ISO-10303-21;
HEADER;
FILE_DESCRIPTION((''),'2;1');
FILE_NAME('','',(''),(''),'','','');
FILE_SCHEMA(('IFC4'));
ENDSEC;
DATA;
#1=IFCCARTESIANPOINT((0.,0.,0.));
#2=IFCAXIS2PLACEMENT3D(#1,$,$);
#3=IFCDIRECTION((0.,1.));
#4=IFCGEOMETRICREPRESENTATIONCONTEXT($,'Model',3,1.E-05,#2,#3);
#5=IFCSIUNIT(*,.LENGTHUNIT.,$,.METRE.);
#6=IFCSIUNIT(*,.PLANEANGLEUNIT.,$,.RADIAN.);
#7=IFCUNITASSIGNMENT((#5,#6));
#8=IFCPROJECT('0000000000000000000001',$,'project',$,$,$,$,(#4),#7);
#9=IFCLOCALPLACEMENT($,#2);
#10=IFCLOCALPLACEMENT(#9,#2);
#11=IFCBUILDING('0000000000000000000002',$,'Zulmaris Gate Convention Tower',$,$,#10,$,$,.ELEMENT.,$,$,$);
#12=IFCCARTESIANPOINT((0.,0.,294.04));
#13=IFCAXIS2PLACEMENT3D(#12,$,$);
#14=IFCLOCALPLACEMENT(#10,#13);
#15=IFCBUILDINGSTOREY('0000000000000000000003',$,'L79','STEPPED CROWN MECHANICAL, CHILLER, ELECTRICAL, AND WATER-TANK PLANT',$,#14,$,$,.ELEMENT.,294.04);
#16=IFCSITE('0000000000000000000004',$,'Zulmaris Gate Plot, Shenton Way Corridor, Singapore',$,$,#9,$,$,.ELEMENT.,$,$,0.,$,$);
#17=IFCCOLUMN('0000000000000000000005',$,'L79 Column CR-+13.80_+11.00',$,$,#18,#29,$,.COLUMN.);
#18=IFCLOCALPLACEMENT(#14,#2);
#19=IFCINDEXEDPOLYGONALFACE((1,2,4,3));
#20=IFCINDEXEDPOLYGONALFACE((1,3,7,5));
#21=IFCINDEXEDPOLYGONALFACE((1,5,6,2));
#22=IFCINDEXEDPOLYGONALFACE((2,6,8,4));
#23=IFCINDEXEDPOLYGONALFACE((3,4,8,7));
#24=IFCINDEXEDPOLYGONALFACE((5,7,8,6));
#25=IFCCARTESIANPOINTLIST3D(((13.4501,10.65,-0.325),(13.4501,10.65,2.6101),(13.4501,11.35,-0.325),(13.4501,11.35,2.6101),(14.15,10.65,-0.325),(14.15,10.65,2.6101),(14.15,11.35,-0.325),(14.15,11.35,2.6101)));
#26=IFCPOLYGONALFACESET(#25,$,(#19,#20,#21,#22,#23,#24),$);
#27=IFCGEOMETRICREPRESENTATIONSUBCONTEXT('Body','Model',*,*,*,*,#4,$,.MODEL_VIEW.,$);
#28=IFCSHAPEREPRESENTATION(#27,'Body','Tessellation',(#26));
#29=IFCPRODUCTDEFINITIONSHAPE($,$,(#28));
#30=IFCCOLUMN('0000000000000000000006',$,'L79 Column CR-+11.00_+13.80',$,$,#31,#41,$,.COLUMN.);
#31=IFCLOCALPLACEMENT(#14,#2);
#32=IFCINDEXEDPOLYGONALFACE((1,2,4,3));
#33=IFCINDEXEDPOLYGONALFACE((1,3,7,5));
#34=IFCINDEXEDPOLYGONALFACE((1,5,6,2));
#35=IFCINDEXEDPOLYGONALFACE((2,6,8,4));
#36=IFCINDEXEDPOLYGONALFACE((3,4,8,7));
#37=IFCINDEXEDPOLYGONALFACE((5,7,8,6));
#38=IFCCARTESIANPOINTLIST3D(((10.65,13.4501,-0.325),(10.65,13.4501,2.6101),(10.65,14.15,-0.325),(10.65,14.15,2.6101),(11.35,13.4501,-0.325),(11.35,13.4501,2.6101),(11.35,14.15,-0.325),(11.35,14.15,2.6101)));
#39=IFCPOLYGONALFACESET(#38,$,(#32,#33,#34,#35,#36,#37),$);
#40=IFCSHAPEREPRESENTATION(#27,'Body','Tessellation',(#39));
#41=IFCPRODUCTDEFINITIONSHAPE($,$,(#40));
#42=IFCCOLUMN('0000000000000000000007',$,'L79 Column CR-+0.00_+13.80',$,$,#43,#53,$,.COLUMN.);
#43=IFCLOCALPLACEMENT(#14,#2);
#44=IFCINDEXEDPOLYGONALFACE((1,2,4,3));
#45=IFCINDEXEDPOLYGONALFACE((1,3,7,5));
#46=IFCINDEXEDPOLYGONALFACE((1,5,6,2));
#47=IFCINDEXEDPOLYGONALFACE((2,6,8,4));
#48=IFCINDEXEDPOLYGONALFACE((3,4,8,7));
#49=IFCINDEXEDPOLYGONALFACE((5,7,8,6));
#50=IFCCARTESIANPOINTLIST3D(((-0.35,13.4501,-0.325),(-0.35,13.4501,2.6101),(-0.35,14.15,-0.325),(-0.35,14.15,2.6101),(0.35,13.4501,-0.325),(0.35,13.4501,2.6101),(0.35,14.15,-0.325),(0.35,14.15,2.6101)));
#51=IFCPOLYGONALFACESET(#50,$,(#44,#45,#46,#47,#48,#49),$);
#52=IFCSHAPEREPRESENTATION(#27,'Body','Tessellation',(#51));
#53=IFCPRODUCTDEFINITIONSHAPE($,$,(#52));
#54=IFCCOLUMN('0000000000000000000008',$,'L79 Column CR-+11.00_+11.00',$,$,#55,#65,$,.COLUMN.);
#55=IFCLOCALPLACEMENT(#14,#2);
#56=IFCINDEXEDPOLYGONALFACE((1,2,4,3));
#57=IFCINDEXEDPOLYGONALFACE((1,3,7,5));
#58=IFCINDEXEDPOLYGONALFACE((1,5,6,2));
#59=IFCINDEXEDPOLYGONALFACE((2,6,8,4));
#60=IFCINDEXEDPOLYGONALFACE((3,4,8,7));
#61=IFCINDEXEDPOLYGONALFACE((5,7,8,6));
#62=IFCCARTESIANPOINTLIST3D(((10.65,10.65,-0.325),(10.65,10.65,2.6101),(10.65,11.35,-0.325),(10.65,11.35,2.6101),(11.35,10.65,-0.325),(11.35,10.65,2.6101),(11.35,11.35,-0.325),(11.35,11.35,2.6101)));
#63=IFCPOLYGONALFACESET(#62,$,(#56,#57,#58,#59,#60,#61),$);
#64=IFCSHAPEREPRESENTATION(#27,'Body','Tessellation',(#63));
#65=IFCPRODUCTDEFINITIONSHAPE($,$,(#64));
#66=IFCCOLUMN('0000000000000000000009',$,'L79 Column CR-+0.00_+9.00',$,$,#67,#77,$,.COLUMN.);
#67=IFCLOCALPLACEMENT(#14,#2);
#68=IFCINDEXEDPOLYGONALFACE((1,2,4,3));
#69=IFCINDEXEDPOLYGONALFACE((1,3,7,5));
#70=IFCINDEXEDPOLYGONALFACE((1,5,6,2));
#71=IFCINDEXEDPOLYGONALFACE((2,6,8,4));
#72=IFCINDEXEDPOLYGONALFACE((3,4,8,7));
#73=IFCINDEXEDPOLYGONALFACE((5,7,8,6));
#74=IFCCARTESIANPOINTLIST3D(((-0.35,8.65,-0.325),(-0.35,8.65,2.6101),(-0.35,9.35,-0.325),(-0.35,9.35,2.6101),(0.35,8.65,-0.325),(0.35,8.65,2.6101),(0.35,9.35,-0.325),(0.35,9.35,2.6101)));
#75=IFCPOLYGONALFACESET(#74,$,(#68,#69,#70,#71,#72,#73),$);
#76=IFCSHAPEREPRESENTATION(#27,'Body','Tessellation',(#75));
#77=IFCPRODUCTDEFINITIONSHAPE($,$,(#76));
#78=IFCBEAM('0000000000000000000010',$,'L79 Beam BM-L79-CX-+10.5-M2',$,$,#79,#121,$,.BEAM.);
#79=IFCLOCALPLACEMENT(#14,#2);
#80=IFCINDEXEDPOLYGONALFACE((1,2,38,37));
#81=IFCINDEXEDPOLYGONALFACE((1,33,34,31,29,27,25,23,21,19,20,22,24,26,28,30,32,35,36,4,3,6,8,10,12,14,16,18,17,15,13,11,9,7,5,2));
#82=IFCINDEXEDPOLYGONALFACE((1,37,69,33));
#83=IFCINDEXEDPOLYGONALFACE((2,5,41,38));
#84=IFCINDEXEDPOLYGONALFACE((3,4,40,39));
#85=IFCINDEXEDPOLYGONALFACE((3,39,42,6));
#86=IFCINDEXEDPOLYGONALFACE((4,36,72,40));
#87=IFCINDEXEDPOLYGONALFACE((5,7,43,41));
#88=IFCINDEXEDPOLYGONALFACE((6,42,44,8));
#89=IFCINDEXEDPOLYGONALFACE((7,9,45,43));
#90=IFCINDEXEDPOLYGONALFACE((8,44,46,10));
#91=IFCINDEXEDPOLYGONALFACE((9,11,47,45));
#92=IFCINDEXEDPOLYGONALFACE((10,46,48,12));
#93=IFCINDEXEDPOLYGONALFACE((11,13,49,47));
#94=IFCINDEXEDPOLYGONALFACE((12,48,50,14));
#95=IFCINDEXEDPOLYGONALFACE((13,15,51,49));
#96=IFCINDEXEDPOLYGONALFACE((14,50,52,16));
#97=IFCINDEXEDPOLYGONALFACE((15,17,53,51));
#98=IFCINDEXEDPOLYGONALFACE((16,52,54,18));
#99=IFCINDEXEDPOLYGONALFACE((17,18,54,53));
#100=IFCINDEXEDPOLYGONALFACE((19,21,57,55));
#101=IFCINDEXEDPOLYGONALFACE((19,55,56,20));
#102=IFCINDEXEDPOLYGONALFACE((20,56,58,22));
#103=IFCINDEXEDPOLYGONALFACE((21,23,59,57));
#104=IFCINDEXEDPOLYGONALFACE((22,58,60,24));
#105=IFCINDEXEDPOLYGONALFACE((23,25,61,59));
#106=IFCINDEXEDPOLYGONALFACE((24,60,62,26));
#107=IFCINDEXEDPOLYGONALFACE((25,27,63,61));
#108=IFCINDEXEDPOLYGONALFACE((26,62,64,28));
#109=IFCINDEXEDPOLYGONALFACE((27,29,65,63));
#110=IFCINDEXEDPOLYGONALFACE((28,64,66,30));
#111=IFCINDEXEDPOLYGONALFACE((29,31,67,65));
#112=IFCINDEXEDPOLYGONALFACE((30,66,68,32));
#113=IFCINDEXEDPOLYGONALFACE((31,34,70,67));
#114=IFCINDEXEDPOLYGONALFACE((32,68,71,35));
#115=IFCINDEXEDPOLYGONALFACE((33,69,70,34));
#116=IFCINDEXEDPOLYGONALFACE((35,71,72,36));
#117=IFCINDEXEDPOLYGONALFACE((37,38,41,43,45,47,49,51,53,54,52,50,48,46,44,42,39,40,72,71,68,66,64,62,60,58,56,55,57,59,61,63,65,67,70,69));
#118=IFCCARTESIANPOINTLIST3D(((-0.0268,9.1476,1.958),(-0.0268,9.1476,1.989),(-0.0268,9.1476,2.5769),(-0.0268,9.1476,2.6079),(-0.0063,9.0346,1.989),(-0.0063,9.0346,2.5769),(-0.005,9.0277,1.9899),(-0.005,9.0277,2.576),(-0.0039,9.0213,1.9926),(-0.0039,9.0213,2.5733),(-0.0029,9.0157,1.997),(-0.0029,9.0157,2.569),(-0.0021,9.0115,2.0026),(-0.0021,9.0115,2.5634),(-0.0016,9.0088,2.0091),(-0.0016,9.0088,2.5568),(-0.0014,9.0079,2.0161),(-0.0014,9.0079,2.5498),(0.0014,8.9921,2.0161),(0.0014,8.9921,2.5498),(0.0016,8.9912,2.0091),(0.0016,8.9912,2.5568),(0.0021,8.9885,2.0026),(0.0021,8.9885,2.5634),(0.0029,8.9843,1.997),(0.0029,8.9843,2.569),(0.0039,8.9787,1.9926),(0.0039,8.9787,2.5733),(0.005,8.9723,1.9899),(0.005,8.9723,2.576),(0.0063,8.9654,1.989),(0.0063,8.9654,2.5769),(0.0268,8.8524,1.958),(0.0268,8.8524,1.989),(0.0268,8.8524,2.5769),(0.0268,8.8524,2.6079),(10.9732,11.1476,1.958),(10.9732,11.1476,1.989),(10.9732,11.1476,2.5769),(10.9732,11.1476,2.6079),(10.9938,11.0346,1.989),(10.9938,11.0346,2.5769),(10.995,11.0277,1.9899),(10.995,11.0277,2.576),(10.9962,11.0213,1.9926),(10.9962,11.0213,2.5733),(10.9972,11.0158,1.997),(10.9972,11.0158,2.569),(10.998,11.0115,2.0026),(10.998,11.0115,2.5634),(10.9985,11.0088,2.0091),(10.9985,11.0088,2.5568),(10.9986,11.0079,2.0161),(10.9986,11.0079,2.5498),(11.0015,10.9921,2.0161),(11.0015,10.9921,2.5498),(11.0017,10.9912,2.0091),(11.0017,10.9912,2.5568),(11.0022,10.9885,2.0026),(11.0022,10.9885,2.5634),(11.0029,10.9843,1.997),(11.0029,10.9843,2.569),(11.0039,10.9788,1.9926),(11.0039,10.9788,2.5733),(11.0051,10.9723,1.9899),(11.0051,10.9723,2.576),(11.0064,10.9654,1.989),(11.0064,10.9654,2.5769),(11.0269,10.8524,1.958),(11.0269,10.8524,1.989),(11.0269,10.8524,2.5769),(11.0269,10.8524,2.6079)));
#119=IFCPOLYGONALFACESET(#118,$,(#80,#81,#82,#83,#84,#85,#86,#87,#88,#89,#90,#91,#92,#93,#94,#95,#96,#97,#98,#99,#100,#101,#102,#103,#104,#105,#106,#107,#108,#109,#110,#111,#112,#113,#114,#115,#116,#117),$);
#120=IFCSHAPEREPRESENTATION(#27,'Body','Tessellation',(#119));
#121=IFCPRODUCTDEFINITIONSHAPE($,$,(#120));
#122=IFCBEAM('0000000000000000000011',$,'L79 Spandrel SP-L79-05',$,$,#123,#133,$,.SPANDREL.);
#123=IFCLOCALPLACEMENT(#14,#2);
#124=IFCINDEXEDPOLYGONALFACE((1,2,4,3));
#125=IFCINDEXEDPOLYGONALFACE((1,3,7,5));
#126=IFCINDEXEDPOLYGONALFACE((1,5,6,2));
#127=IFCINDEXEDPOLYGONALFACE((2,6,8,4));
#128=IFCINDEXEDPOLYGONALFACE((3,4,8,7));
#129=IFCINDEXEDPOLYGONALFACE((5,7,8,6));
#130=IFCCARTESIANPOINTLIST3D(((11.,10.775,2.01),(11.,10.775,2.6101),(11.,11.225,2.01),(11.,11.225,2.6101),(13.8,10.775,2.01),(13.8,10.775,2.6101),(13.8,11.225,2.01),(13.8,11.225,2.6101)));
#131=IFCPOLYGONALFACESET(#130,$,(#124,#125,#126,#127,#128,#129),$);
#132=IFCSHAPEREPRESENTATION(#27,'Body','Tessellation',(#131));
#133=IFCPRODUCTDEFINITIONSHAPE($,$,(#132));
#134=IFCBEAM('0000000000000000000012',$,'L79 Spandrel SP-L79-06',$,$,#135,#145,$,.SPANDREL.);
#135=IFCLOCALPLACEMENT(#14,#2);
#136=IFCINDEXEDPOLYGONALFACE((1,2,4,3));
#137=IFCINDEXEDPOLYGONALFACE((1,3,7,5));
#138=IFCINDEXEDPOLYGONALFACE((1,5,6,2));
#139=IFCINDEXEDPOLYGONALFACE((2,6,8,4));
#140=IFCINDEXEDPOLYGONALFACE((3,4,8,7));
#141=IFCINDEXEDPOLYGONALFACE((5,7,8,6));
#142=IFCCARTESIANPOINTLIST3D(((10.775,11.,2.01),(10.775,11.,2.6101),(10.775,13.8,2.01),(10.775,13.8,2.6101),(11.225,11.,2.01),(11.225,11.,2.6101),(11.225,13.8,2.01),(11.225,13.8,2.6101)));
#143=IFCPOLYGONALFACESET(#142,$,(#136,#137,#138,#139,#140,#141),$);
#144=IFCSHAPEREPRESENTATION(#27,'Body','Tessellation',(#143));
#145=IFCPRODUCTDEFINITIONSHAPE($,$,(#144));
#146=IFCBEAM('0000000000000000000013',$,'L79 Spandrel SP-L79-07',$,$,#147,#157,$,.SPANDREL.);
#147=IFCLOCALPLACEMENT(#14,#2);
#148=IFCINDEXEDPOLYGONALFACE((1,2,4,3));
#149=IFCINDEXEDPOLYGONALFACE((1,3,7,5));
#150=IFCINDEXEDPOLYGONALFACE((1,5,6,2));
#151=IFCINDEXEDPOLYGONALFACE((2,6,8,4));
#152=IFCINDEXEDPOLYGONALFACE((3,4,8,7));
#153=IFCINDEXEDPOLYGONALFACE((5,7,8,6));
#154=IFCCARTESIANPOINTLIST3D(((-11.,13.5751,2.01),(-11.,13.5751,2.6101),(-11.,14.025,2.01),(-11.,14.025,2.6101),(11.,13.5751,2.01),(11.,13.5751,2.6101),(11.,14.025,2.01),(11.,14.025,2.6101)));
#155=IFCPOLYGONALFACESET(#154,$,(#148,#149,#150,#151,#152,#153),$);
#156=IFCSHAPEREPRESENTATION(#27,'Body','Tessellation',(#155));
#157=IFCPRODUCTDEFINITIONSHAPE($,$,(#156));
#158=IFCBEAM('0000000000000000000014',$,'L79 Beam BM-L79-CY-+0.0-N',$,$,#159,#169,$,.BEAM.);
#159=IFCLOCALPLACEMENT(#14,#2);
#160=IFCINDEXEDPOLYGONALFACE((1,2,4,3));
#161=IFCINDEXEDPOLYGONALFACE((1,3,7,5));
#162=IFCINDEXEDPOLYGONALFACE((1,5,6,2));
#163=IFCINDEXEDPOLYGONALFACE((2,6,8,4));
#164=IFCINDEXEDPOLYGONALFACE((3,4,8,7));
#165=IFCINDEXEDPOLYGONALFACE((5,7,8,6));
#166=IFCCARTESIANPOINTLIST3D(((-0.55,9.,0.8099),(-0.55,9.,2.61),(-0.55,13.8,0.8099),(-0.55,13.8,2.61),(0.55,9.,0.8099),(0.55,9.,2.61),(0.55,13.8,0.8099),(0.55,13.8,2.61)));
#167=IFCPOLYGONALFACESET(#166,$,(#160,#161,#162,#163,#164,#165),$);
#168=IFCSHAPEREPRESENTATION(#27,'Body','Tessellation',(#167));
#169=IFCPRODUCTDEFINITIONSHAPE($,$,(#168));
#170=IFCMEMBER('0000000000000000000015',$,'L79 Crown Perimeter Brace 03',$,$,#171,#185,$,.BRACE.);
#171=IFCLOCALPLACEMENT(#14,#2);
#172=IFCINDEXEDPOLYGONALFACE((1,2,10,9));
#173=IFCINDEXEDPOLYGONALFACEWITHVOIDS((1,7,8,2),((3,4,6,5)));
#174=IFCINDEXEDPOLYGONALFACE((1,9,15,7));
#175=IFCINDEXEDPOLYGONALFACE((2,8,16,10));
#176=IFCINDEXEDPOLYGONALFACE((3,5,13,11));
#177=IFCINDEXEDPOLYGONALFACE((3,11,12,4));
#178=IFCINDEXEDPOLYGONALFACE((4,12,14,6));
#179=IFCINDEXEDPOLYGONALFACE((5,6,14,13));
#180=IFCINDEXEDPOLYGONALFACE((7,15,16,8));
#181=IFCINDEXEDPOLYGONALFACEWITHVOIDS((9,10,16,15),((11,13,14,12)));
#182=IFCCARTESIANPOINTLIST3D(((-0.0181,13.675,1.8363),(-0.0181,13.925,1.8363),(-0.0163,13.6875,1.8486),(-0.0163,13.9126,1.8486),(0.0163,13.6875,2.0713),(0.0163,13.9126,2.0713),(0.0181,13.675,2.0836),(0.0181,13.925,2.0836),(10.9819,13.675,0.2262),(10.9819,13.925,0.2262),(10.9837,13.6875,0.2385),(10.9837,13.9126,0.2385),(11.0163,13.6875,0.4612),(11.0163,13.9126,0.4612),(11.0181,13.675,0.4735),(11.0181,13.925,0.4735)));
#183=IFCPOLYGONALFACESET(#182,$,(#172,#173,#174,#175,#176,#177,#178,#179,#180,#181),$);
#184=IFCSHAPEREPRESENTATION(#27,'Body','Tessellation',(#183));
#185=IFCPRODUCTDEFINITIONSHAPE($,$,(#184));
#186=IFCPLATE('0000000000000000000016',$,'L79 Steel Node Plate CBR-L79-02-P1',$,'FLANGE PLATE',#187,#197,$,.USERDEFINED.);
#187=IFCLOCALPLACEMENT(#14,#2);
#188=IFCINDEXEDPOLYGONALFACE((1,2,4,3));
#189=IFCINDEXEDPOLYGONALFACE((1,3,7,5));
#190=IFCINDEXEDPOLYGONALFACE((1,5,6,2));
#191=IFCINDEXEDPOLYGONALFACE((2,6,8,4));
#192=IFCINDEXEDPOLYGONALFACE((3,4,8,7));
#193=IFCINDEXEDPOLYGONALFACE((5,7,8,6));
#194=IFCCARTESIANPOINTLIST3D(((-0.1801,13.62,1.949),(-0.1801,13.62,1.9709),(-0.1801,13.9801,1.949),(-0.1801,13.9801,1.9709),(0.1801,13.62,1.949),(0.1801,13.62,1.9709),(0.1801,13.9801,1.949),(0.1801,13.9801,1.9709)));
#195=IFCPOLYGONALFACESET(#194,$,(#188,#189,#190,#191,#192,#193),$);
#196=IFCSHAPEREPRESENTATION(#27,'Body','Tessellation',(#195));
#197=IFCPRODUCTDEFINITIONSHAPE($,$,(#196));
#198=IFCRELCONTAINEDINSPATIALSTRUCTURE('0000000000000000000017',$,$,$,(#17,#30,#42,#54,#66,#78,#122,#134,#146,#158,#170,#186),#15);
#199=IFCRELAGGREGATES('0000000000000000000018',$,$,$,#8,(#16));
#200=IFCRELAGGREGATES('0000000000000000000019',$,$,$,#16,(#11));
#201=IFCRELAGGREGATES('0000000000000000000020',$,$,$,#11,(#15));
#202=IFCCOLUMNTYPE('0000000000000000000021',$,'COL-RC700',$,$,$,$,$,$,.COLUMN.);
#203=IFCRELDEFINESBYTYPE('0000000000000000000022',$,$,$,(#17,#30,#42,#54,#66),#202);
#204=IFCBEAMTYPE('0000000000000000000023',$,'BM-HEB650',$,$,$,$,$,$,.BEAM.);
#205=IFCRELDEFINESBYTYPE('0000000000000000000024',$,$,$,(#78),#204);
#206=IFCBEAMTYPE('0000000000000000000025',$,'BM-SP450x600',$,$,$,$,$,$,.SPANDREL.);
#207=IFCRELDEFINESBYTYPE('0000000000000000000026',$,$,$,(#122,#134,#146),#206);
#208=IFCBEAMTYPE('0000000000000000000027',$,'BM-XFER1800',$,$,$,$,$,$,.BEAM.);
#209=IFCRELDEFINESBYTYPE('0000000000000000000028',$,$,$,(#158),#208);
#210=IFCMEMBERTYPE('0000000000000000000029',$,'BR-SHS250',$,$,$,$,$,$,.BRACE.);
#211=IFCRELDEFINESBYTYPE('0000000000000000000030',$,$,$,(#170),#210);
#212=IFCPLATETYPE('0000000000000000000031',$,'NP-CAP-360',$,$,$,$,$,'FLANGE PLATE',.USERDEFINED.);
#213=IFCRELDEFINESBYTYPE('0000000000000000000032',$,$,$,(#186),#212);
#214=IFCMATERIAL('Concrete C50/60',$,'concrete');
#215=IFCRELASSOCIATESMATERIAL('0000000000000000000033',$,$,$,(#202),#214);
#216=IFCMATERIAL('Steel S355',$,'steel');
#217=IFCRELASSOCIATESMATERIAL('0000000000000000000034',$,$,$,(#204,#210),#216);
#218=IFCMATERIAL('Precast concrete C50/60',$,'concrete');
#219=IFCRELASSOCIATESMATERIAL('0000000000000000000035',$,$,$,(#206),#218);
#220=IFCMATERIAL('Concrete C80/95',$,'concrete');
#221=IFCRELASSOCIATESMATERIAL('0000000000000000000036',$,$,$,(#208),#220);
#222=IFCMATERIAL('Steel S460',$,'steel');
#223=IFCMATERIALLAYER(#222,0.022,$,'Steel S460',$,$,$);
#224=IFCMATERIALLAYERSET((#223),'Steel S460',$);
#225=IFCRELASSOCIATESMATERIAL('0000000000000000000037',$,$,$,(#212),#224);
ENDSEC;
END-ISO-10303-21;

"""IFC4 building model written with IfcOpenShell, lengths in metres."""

from ifc_helpers import new_model, si_unit, direction, frame, origin, origin_2d, place, context, subcontext, project, spatial, rectangle, hollow_rectangle, i_section, extrude, material, layer, layer_set, material_profile, profile_set, type_object, element, save


model = new_model("IFC4")

# Units and contexts
model_context = context("Model", 3, precision=1e-05, world=origin(), true_north=direction((0.0, 1.0)))
body_context = subcontext(model_context, "Body", "Model", "MODEL_VIEW")
ifc_project = project(units=[si_unit("LENGTHUNIT", "METRE"), si_unit("PLANEANGLEUNIT", "RADIAN")], contexts=[model_context])

# Site, building, storey
site_placement = place(None, origin())
site = spatial("IfcSite", under=ifc_project, at=site_placement, Name="Zulmaris Gate Plot, Shenton Way Corridor, Singapore", CompositionType="ELEMENT", RefElevation=0.0)
building_placement = place(site_placement, origin())
building = spatial("IfcBuilding", under=site, at=building_placement, Name="Zulmaris Gate Convention Tower", CompositionType="ELEMENT")
storey_placement = place(building_placement, frame((0.0, 0.0, 294.04)))
storey = spatial("IfcBuildingStorey", under=building, at=storey_placement, Name="L79", Description="STEPPED CROWN MECHANICAL, CHILLER, ELECTRICAL, AND WATER-TANK PLANT", CompositionType="ELEMENT", Elevation=294.04)

# Columns
ifc_material_1 = material(Name="Concrete C50/60", Category="concrete")
ifc_material_profile_1 = material_profile(ifc_material_1, rectangle(XDim=0.7, YDim=0.7, at=origin_2d()), Name="RC COL 700x700")
ifc_profile_set_1 = profile_set([ifc_material_profile_1], Name="Concrete C50/60")
column_type = type_object("IfcColumnType", Name="COL-RC700", PredefinedType="COLUMN", material=ifc_profile_set_1)
for number, where, z_axis, x_axis, name in (
    (1, (13.8, 11.0, -0.325), (0.0, 0.0, 1.0), (1.0, 0.0, 0.0), "L79 Column CR-+13.80_+11.00"),
    (2, (11.0, 13.8, -0.325), (0.0, 0.0, 1.0), (1.0, 0.0, 0.0), "L79 Column CR-+11.00_+13.80"),
    (3, (0.0, 13.8, -0.325), (0.0, 0.0, 1.0), (1.0, 0.0, 0.0), "L79 Column CR-+0.00_+13.80"),
    (4, (11.0, 11.0, -0.325), (0.0, 0.0, 1.0), (1.0, 0.0, 0.0), "L79 Column CR-+11.00_+11.00"),
    (5, (0.0, 9.0, -0.325), (0.0, 0.0, 1.0), (1.0, 0.0, 0.0), "L79 Column CR-+0.00_+9.00"),
):
    element("IfcColumn", number, at=place(storey_placement, frame(where, z_axis=z_axis, x_axis=x_axis)), inside=storey, type_object=column_type, Name=name, PredefinedType="COLUMN", context=body_context, shape_type="SweptSolid", body=[
        extrude(rectangle(XDim=0.7, YDim=0.7, at=origin_2d()), origin(), (0.0, 0.0, 1.0), 2.9351),
    ])

# Beams
ifc_material_2 = material(Name="Steel S355", Category="steel")
ifc_material_profile_2 = material_profile(ifc_material_2, i_section(OverallWidth=0.3, OverallDepth=0.6499, WebThickness=0.0161, FlangeThickness=0.031, FilletRadius=0.0271, at=origin_2d()), Name="HEB 650")
ifc_profile_set_2 = profile_set([ifc_material_profile_2], Name="Steel S355")
beam_type_1 = type_object("IfcBeamType", Name="BM-HEB650", PredefinedType="BEAM", material=ifc_profile_set_2)
beam_1_placement = place(storey_placement, frame((0.0, 9.0, 2.283), z_axis=(0.98387, 0.178885, 0.0), x_axis=(-0.178885, 0.98387, 0.0)))
element("IfcBeam", 6, at=beam_1_placement, inside=storey, type_object=beam_type_1, Name="L79 Beam BM-L79-CX-+10.5-M2", PredefinedType="BEAM", context=body_context, shape_type="SweptSolid", body=[
    extrude(i_section(OverallWidth=0.3, OverallDepth=0.6499, WebThickness=0.0161, FlangeThickness=0.031, FilletRadius=0.0271, at=origin_2d()), origin(), (0.0, 0.0, 1.0), 11.1804),
])
ifc_material_3 = material(Name="Precast concrete C50/60", Category="concrete")
ifc_material_profile_3 = material_profile(ifc_material_3, rectangle(XDim=0.45, YDim=0.6001, at=origin_2d()), Name="RC SPANDREL 450x600")
ifc_profile_set_3 = profile_set([ifc_material_profile_3], Name="Precast concrete C50/60")
beam_type_2 = type_object("IfcBeamType", Name="BM-SP450x600", PredefinedType="SPANDREL", material=ifc_profile_set_3)
for number, where, z_axis, x_axis, name in (
    (7, (13.8, 11.0, 2.3101), (-1.0, 0.0, 0.0), (0.0, -1.0, 0.0), "L79 Spandrel SP-L79-05"),
    (8, (11.0, 11.0, 2.3101), (0.0, 1.0, 0.0), (-1.0, 0.0, 0.0), "L79 Spandrel SP-L79-06"),
):
    element("IfcBeam", number, at=place(storey_placement, frame(where, z_axis=z_axis, x_axis=x_axis)), inside=storey, type_object=beam_type_2, Name=name, PredefinedType="SPANDREL", context=body_context, shape_type="SweptSolid", body=[
        extrude(rectangle(XDim=0.45, YDim=0.6001, at=origin_2d()), origin(), (0.0, 0.0, 1.0), 2.8),
    ])
beam_2_placement = place(storey_placement, frame((11.0, 13.8, 2.3101), z_axis=(-1.0, 0.0, 0.0), x_axis=(0.0, -1.0, 0.0)))
element("IfcBeam", 9, at=beam_2_placement, inside=storey, type_object=beam_type_2, Name="L79 Spandrel SP-L79-07", PredefinedType="SPANDREL", context=body_context, shape_type="SweptSolid", body=[
    extrude(rectangle(XDim=0.45, YDim=0.6001, at=origin_2d()), origin(), (0.0, 0.0, 1.0), 22.0),
])
ifc_material_4 = material(Name="Concrete C80/95", Category="concrete")
ifc_material_profile_4 = material_profile(ifc_material_4, rectangle(XDim=1.1001, YDim=1.8, at=origin_2d()), Name="RC TRANSFER 1100x1800")
ifc_profile_set_4 = profile_set([ifc_material_profile_4], Name="Concrete C80/95")
beam_type_3 = type_object("IfcBeamType", Name="BM-XFER1800", PredefinedType="BEAM", material=ifc_profile_set_4)
beam_3_placement = place(storey_placement, frame((0.0, 9.0, 1.71), z_axis=(0.0, 1.0, 0.0), x_axis=(-1.0, 0.0, 0.0)))
element("IfcBeam", 10, at=beam_3_placement, inside=storey, type_object=beam_type_3, Name="L79 Beam BM-L79-CY-+0.0-N", PredefinedType="BEAM", context=body_context, shape_type="SweptSolid", body=[
    extrude(rectangle(XDim=1.1001, YDim=1.8, at=origin_2d()), origin(), (0.0, 0.0, 1.0), 4.8),
])

# Member
ifc_material_profile_5 = material_profile(ifc_material_2, hollow_rectangle(XDim=0.25, YDim=0.25, WallThickness=0.0125, at=origin_2d()), Name="SHS 250x250x12.5")
ifc_profile_set_5 = profile_set([ifc_material_profile_5], Name="Steel S355")
member_type = type_object("IfcMemberType", Name="BR-SHS250", PredefinedType="BRACE", material=ifc_profile_set_5)
member_placement = place(storey_placement, frame((0.0, 13.8, 1.96), z_axis=(0.989457, 0.0, -0.14483), x_axis=(0.0, 1.0, 0.0)))
element("IfcMember", 11, at=member_placement, inside=storey, type_object=member_type, Name="L79 Crown Perimeter Brace 03", PredefinedType="BRACE", context=body_context, shape_type="SweptSolid", body=[
    extrude(hollow_rectangle(XDim=0.25, YDim=0.25, WallThickness=0.0125, at=origin_2d()), origin(), (0.0, 0.0, 1.0), 11.1172),
])

# Plate
ifc_material_5 = material(Name="Steel S460", Category="steel")
ifc_layer_1 = layer(ifc_material_5, 0.022, Name="Steel S460")
ifc_layer_set_1 = layer_set([ifc_layer_1], Name="Steel S460")
plate_type = type_object("IfcPlateType", Name="NP-CAP-360", ElementType="FLANGE PLATE", PredefinedType="USERDEFINED", material=ifc_layer_set_1)
for number, where, z_axis, x_axis, name in (
    (12, (0.0, 13.8, 1.949), (0.0, 0.0, 1.0), (1.0, 0.0, 0.0), "L79 Steel Node Plate CBR-L79-02-P1"),
):
    element("IfcPlate", number, at=place(storey_placement, frame(where, z_axis=z_axis, x_axis=x_axis)), inside=storey, type_object=plate_type, Name=name, ObjectType="FLANGE PLATE", PredefinedType="USERDEFINED", context=body_context, shape_type="SweptSolid", body=[
        extrude(rectangle(XDim=0.3601, YDim=0.3601, at=origin_2d()), origin(), (0.0, 0.0, 1.0), 0.022),
    ])

save(model, "model.ifc")
